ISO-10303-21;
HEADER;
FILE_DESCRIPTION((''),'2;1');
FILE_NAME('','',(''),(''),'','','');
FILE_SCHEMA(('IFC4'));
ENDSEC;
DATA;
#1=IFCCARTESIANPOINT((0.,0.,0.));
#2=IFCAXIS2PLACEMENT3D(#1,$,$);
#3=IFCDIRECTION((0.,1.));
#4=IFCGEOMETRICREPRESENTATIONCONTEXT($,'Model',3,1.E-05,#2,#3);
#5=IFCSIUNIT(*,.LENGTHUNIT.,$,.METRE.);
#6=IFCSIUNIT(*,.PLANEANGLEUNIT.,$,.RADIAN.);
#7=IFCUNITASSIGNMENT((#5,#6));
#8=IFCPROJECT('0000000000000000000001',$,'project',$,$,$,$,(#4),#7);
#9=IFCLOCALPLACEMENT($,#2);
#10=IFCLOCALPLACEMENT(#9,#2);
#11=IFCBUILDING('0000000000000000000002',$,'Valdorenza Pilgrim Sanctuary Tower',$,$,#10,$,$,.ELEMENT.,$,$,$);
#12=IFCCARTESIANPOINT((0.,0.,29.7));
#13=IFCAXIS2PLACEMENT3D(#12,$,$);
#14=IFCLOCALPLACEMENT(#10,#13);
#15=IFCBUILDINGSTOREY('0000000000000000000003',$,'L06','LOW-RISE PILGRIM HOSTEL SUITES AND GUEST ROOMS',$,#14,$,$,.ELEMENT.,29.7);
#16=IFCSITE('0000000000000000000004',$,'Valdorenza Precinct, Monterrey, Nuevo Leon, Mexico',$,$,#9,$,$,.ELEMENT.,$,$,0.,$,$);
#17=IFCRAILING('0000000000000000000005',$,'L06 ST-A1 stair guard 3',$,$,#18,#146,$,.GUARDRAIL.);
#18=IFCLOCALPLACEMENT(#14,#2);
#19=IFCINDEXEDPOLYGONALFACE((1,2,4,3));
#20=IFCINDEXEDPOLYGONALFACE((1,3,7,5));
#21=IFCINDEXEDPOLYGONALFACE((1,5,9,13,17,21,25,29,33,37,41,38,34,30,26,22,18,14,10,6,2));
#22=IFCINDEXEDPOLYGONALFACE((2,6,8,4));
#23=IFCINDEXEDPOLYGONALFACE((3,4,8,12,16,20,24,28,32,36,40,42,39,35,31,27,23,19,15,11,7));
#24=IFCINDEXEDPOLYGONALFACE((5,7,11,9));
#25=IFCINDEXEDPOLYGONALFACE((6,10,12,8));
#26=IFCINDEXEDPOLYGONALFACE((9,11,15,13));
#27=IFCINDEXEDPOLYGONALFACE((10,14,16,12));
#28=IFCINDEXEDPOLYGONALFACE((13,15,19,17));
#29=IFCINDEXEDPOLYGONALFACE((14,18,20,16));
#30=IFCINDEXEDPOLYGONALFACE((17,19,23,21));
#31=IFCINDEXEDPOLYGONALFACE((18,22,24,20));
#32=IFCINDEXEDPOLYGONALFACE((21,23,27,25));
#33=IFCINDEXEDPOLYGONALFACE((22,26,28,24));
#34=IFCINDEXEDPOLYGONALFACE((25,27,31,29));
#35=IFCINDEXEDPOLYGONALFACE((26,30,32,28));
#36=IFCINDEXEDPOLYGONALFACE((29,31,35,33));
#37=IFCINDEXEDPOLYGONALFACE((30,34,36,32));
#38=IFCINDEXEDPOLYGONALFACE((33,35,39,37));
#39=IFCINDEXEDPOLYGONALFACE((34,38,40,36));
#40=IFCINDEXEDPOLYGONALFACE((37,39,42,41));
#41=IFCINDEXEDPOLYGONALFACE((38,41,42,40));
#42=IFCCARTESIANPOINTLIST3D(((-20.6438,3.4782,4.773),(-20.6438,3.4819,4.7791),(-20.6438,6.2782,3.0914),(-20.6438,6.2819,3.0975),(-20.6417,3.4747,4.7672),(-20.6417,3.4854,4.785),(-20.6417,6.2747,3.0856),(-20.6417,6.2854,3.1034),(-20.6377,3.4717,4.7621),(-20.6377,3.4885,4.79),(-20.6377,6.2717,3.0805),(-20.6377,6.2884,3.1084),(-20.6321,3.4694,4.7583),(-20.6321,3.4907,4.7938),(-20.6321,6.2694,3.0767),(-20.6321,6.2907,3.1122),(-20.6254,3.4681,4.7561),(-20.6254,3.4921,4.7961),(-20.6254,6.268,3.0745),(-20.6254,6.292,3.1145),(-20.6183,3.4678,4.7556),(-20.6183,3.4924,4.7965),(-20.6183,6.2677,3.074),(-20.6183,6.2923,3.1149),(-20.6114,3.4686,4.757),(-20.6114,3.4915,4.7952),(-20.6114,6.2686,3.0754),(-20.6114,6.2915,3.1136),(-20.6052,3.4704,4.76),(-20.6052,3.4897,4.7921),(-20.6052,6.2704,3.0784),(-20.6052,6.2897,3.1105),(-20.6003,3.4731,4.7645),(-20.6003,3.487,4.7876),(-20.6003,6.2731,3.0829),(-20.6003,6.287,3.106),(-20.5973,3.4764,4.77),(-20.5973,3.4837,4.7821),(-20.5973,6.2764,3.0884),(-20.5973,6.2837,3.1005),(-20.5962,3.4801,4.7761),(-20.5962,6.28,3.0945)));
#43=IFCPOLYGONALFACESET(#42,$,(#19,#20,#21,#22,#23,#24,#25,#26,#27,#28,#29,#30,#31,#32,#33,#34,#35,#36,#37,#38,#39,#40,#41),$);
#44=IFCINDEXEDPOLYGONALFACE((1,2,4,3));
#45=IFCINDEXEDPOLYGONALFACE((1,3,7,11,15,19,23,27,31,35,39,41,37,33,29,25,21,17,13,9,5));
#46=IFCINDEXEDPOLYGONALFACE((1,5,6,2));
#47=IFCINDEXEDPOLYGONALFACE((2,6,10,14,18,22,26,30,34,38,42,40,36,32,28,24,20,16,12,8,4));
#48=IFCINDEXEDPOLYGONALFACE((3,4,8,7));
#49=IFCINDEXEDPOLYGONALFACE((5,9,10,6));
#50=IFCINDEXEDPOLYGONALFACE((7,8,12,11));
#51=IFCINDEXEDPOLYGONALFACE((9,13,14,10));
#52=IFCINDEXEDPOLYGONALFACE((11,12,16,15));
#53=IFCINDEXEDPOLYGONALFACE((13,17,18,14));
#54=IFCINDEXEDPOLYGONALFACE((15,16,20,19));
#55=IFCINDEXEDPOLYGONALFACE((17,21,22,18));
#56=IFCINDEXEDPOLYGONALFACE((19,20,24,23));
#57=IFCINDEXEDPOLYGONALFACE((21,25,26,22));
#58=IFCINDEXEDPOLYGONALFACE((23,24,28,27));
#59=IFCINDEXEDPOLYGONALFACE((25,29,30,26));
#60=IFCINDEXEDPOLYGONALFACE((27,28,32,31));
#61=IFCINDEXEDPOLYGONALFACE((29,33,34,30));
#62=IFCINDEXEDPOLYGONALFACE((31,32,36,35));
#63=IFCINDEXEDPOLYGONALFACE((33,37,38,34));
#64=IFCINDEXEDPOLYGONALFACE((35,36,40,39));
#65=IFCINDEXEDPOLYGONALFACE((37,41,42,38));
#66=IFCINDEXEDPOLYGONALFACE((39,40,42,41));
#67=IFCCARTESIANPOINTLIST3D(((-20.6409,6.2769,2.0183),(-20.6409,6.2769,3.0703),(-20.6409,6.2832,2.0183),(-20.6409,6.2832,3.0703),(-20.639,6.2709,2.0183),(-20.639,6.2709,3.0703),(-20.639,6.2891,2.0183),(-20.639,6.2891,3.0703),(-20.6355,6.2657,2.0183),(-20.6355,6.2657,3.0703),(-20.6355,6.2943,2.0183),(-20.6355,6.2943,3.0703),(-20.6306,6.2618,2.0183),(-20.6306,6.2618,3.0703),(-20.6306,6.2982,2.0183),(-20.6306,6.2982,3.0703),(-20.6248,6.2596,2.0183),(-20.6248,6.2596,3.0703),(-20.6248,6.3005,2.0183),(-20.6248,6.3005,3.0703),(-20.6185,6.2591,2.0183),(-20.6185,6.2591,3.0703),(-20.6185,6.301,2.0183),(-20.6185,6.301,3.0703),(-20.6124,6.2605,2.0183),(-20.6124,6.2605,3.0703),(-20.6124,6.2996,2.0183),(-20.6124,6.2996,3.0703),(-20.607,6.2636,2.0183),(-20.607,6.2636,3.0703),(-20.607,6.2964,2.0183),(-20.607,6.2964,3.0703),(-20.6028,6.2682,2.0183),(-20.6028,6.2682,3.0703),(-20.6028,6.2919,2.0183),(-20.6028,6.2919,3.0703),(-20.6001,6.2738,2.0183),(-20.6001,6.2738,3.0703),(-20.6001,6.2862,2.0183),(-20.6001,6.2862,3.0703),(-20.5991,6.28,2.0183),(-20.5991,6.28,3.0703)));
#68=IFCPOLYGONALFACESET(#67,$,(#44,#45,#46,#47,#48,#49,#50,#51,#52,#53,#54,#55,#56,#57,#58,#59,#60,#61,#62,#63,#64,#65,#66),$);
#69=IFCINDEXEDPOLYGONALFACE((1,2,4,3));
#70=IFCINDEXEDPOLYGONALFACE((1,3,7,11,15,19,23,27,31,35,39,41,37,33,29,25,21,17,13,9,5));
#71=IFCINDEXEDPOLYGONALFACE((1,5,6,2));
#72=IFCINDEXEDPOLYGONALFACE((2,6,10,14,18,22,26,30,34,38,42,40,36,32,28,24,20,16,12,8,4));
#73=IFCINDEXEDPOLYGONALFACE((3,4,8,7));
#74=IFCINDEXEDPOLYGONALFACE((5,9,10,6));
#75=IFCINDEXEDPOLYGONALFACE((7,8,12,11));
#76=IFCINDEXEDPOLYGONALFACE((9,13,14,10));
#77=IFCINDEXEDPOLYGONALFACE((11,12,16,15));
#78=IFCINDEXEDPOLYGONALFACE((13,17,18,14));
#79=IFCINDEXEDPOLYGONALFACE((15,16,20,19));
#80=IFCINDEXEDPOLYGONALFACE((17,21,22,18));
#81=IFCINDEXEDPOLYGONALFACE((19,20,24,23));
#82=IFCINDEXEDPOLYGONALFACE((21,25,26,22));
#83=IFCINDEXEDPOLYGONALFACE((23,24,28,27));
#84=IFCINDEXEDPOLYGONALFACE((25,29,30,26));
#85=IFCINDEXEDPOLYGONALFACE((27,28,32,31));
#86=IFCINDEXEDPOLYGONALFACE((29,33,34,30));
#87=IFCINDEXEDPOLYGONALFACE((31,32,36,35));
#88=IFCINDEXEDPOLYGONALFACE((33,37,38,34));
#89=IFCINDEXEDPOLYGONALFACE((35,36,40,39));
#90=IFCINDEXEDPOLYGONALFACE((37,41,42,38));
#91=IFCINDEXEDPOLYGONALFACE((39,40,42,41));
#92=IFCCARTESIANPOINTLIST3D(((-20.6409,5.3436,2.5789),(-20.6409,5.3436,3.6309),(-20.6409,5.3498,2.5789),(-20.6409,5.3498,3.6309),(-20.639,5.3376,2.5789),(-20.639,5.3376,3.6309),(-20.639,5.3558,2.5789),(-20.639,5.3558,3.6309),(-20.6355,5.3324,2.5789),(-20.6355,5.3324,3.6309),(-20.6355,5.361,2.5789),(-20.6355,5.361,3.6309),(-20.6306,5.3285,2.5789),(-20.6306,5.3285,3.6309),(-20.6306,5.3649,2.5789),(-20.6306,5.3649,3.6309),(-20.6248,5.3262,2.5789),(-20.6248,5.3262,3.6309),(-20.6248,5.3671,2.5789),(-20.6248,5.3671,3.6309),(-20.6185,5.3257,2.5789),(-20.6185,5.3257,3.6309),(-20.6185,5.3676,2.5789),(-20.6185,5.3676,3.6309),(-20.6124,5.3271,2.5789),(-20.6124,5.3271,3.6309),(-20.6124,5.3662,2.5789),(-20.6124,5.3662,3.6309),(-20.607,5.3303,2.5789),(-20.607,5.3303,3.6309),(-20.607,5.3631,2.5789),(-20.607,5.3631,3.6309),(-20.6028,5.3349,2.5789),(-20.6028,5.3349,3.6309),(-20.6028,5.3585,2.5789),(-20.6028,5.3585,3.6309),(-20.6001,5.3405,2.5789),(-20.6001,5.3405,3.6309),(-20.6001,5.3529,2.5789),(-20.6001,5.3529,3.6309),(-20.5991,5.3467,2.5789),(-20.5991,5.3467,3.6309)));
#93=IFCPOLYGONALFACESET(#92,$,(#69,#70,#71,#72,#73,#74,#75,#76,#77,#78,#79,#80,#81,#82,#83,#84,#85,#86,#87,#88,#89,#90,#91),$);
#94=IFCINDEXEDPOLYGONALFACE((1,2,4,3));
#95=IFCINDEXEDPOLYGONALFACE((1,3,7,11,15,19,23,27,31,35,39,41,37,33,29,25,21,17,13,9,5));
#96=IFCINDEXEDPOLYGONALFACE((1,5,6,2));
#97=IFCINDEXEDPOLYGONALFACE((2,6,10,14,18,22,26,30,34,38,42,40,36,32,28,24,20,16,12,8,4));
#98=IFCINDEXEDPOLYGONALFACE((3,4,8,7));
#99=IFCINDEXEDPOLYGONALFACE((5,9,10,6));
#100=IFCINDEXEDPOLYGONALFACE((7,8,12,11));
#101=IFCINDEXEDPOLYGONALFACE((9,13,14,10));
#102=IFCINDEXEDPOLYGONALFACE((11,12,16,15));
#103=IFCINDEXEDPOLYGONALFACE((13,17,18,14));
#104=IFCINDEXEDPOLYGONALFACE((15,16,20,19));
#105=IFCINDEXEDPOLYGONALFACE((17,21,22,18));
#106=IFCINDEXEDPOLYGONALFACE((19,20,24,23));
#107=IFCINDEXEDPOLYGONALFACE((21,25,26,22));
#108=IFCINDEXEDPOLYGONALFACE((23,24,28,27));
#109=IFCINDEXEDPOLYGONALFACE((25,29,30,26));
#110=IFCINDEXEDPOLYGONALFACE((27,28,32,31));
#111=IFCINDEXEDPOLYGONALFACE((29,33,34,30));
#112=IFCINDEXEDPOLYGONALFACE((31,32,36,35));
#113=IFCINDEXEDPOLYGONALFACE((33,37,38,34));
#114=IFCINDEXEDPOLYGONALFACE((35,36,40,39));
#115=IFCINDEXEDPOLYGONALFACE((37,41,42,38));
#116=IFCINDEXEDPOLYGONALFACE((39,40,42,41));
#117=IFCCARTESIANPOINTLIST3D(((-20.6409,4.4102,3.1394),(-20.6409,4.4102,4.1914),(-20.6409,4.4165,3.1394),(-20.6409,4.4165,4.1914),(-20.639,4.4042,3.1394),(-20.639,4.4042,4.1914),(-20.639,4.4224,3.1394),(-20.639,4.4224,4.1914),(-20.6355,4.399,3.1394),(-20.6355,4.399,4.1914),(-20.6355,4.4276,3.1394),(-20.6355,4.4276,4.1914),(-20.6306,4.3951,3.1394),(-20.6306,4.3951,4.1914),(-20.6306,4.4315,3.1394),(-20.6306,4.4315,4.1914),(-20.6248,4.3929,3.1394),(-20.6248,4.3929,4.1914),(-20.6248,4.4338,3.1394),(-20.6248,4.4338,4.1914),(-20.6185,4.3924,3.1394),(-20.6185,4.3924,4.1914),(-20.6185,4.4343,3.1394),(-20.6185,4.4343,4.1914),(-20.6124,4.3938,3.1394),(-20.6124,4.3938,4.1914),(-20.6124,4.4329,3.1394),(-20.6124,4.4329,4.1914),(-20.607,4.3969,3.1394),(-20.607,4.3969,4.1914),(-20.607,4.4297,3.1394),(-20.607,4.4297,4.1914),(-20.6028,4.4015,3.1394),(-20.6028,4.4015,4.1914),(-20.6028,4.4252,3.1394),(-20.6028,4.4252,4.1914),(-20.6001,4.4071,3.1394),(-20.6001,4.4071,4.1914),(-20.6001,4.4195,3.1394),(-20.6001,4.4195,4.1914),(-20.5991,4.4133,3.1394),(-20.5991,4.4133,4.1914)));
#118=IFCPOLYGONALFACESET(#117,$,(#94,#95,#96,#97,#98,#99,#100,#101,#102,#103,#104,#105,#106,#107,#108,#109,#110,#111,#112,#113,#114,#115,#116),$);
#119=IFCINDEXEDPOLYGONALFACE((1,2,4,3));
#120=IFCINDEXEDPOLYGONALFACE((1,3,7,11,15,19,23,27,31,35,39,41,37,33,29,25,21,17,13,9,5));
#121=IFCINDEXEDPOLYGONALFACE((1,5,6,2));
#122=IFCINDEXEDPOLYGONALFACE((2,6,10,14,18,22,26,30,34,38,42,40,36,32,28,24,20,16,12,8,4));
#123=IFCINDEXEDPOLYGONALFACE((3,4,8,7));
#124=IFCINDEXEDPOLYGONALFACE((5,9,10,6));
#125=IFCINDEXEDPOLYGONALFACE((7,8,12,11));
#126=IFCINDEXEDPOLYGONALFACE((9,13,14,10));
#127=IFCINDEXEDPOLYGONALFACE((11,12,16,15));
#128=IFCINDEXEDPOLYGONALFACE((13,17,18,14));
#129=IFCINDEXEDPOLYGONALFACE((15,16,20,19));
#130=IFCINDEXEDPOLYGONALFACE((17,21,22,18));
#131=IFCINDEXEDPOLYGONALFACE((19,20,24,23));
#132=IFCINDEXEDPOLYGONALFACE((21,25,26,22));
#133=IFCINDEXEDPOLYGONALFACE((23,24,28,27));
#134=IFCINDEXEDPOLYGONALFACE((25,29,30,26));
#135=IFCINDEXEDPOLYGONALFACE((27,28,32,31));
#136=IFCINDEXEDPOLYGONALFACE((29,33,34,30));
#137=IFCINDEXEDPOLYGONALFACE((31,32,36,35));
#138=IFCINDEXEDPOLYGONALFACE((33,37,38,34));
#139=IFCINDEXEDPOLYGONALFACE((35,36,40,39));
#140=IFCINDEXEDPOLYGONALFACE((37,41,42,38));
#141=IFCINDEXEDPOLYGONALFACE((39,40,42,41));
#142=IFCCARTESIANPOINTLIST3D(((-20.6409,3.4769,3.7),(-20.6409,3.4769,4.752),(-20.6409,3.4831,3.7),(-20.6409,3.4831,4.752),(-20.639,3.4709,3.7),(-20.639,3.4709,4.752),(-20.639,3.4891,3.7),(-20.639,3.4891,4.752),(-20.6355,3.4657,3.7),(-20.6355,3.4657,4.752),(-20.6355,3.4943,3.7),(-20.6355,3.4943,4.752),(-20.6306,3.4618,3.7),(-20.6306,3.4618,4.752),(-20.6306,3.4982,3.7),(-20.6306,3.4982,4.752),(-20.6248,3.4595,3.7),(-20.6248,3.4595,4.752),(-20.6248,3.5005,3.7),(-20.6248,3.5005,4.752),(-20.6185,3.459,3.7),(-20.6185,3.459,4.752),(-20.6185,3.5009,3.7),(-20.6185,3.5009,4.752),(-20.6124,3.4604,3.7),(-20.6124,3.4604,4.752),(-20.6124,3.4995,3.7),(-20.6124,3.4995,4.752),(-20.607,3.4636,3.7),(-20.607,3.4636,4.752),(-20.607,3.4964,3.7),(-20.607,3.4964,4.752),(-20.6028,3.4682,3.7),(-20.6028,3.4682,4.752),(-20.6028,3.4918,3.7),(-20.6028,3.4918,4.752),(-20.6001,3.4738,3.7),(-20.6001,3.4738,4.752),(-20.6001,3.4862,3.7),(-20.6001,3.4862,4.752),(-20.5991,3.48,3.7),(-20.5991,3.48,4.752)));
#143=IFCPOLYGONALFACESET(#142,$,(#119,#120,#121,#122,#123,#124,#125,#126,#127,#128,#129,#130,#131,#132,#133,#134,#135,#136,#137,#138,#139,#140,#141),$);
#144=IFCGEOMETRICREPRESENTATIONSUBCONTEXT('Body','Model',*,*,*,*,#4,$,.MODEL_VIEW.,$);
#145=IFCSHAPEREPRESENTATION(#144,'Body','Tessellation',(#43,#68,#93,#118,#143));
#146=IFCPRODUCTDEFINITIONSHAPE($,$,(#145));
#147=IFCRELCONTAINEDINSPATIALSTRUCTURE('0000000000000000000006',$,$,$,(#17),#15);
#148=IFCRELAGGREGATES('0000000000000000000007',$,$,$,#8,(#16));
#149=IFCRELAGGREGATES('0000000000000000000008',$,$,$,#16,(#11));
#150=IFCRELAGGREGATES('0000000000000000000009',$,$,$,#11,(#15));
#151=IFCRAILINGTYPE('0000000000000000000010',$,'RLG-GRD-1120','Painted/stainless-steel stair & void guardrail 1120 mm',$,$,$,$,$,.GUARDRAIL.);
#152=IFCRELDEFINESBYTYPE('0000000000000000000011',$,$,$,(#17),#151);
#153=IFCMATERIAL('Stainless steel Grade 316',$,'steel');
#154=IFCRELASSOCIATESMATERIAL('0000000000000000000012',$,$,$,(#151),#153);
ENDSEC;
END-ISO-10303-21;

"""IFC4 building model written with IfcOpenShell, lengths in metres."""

from ifc_helpers import new_model, si_unit, direction, frame, origin, origin_2d, place, context, subcontext, project, spatial, circle, extrude, material, type_object, element, save


model = new_model("IFC4")

# Units and contexts
model_context = context("Model", 3, precision=1e-05, world=origin(), true_north=direction((0.0, 1.0)))
body_context = subcontext(model_context, "Body", "Model", "MODEL_VIEW")
ifc_project = project(units=[si_unit("LENGTHUNIT", "METRE"), si_unit("PLANEANGLEUNIT", "RADIAN")], contexts=[model_context])

# Site, building, storey
site_placement = place(None, origin())
site = spatial("IfcSite", under=ifc_project, at=site_placement, Name="Valdorenza Precinct, Monterrey, Nuevo Leon, Mexico", CompositionType="ELEMENT", RefElevation=0.0)
building_placement = place(site_placement, origin())
building = spatial("IfcBuilding", under=site, at=building_placement, Name="Valdorenza Pilgrim Sanctuary Tower", CompositionType="ELEMENT")
storey_placement = place(building_placement, frame((0.0, 0.0, 29.7)))
storey = spatial("IfcBuildingStorey", under=building, at=storey_placement, Name="L06", Description="LOW-RISE PILGRIM HOSTEL SUITES AND GUEST ROOMS", CompositionType="ELEMENT", Elevation=29.7)

# Railing
ifc_material_1 = material(Name="Stainless steel Grade 316", Category="steel")
railing_type_1 = type_object("IfcRailingType", Name="RLG-GRD-1120", Description="Painted/stainless-steel stair & void guardrail 1120 mm", PredefinedType="GUARDRAIL", material=ifc_material_1)
railing_1_placement = place(storey_placement, frame((-20.6201, 6.28, 2.0183)))
element("IfcRailing", 1, at=railing_1_placement, inside=storey, type_object=railing_type_1, Name="L06 ST-A1 stair guard 3", PredefinedType="GUARDRAIL", context=body_context, shape_type="SweptSolid", body=[
    extrude(circle(Radius=0.0239, at=origin_2d()), frame((0.0, 0.0, 1.0762), z_axis=(0.0, -0.857275, 0.514858), x_axis=(1.0, 0.0, 0.0)), (0.0, 0.0, 1.0), 3.2661),
    extrude(circle(Radius=0.021, at=origin_2d()), origin(), (0.0, 0.0, 1.0), 1.052),
    extrude(circle(Radius=0.021, at=origin_2d()), frame((0.0, -0.9333, 0.5605)), (0.0, 0.0, 1.0), 1.052),
    extrude(circle(Radius=0.021, at=origin_2d()), frame((0.0, -1.8667, 1.1211)), (0.0, 0.0, 1.0), 1.052),
    extrude(circle(Radius=0.021, at=origin_2d()), frame((0.0, -2.8, 1.6816)), (0.0, 0.0, 1.0), 1.052),
])

save(model, "model.ifc")
